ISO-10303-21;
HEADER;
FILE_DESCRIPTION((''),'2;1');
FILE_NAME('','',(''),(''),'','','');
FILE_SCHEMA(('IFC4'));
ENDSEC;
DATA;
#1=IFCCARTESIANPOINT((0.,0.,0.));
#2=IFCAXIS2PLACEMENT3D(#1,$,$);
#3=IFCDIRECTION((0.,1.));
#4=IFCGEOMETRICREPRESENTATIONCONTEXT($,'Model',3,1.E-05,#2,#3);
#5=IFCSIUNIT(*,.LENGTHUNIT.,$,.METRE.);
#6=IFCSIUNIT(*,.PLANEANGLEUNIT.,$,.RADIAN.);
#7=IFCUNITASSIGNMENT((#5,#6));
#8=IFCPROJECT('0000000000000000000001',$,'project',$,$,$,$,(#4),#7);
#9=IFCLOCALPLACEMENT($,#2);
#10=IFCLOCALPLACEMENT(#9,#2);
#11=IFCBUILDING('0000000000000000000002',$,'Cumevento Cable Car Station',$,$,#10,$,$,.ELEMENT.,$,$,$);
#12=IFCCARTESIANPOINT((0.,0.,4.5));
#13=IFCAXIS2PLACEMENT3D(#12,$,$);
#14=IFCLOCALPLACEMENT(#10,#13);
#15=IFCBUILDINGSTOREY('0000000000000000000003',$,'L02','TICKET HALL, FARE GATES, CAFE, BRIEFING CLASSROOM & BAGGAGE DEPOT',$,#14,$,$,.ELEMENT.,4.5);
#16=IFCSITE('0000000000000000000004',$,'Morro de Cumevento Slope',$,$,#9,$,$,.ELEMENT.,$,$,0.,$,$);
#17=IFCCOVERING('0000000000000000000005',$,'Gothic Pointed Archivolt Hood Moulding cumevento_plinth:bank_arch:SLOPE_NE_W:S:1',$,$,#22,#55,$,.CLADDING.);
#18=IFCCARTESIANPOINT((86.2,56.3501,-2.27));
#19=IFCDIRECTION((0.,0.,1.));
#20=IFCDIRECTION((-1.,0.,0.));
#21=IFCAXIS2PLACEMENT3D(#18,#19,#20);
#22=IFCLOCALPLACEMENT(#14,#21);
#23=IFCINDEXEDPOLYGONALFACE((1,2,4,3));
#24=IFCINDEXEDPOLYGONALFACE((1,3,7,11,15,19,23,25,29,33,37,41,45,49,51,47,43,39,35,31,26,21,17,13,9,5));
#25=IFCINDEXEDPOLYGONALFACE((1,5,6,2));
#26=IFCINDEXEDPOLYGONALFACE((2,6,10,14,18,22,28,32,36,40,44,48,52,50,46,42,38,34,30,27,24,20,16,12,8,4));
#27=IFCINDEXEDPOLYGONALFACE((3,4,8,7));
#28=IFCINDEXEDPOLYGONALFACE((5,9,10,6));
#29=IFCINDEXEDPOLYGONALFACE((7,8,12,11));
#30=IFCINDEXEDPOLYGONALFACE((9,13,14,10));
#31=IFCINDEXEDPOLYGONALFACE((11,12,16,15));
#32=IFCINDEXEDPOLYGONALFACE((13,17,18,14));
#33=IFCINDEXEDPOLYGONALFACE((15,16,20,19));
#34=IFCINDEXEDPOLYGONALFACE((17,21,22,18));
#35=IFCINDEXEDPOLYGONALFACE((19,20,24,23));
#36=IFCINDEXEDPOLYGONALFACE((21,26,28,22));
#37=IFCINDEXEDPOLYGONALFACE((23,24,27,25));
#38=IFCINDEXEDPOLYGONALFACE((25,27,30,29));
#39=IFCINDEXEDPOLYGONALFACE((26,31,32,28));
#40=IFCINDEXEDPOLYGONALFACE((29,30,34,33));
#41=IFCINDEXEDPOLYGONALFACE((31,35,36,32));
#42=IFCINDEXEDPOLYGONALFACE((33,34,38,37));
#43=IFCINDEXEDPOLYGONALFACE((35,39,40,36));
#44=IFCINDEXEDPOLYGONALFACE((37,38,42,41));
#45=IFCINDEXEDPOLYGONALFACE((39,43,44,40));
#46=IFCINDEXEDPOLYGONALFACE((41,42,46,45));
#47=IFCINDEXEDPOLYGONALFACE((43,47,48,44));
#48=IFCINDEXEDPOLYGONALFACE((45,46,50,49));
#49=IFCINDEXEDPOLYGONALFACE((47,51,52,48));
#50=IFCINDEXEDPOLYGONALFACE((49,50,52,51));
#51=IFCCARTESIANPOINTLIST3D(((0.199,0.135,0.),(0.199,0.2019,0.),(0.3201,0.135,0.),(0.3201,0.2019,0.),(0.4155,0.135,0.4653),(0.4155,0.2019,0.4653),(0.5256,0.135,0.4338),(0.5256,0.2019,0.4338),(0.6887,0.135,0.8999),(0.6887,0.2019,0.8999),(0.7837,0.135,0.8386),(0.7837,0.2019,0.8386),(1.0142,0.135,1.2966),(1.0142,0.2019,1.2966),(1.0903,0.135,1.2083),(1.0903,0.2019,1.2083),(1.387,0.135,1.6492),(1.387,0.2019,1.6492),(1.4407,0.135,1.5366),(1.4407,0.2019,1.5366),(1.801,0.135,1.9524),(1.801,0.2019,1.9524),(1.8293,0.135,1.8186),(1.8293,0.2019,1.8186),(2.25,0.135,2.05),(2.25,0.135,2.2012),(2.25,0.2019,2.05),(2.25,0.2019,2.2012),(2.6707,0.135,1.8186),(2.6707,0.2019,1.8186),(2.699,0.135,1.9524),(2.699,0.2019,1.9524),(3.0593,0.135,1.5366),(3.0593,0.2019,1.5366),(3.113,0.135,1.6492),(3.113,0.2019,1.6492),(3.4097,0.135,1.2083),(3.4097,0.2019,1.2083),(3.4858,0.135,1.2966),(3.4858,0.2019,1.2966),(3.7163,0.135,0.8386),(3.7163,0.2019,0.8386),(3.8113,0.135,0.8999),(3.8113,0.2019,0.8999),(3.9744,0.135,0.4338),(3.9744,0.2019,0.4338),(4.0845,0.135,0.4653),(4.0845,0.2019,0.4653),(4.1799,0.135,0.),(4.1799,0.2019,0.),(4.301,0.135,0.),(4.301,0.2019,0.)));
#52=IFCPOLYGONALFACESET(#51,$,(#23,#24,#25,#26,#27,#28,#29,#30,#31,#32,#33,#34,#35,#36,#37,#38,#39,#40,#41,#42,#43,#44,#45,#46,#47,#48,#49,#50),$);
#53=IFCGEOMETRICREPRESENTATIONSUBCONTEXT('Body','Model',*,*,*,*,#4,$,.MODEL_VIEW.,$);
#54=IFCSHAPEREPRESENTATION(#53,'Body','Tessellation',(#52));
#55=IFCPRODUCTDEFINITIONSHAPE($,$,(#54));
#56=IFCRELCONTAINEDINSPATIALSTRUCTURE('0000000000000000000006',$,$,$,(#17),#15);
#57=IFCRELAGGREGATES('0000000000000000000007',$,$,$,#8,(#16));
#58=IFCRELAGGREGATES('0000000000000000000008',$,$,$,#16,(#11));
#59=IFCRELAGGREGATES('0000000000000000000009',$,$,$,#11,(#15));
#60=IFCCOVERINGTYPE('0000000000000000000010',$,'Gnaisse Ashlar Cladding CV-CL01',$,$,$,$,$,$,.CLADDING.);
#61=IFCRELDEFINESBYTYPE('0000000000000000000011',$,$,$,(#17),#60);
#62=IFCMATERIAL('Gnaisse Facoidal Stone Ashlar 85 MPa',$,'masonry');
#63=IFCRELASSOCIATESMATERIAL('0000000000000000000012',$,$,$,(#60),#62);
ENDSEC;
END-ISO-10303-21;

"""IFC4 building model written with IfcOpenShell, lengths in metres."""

from ifc_helpers import new_model, si_unit, direction, frame, origin, place, context, subcontext, project, spatial, polyline, outline, extrude, material, type_object, element, save


model = new_model("IFC4")

# Units and contexts
model_context = context("Model", 3, precision=1e-05, world=origin(), true_north=direction((0.0, 1.0)))
body_context = subcontext(model_context, "Body", "Model", "MODEL_VIEW")
ifc_project = project(units=[si_unit("LENGTHUNIT", "METRE"), si_unit("PLANEANGLEUNIT", "RADIAN")], contexts=[model_context])

# Site, building, storey
site_placement = place(None, origin())
site = spatial("IfcSite", under=ifc_project, at=site_placement, Name="Morro de Cumevento Slope", CompositionType="ELEMENT", RefElevation=0.0)
building_placement = place(site_placement, origin())
building = spatial("IfcBuilding", under=site, at=building_placement, Name="Cumevento Cable Car Station", CompositionType="ELEMENT")
storey_placement = place(building_placement, frame((0.0, 0.0, 4.5)))
storey = spatial("IfcBuildingStorey", under=building, at=storey_placement, Name="L02", Description="TICKET HALL, FARE GATES, CAFE, BRIEFING CLASSROOM & BAGGAGE DEPOT", CompositionType="ELEMENT", Elevation=4.5)

# Covering
ifc_material_1 = material(Name="Gnaisse Facoidal Stone Ashlar 85 MPa", Category="masonry")
covering_type = type_object("IfcCoveringType", Name="Gnaisse Ashlar Cladding CV-CL01", PredefinedType="CLADDING", material=ifc_material_1)
covering_1_placement = place(storey_placement, frame((86.2, 56.3501, -2.27), z_axis=(0.0, 0.0, 1.0), x_axis=(-1.0, 0.0, 0.0)))
element("IfcCovering", 1, at=covering_1_placement, inside=storey, type_object=covering_type, Name="Gothic Pointed Archivolt Hood Moulding cumevento_plinth:bank_arch:SLOPE_NE_W:S:1", PredefinedType="CLADDING", context=body_context, shape_type="SweptSolid", body=[
    extrude(outline(polyline([(0.3201, 0.0), (0.5256, 0.4338), (0.7837, 0.8386), (1.0903, 1.2083), (1.4407, 1.5366), (1.8293, 1.8186), (2.25, 2.05), (2.6707, 1.8186), (3.0593, 1.5366), (3.4097, 1.2083), (3.7163, 0.8386), (3.9744, 0.4338), (4.1799, 0.0), (4.301, 0.0), (4.0845, 0.4653), (3.8113, 0.8999), (3.4858, 1.2966), (3.113, 1.6492), (2.699, 1.9524), (2.25, 2.2012), (1.801, 1.9524), (1.387, 1.6492), (1.0142, 1.2966), (0.6887, 0.8999), (0.4155, 0.4653), (0.199, 0.0), (0.3201, 0.0)])), frame((0.0, 0.2019, 0.0), z_axis=(0.0, -1.0, 0.0), x_axis=(1.0, 0.0, 0.0)), (0.0, 0.0, 1.0), 0.0669),
])

save(model, "model.ifc")
